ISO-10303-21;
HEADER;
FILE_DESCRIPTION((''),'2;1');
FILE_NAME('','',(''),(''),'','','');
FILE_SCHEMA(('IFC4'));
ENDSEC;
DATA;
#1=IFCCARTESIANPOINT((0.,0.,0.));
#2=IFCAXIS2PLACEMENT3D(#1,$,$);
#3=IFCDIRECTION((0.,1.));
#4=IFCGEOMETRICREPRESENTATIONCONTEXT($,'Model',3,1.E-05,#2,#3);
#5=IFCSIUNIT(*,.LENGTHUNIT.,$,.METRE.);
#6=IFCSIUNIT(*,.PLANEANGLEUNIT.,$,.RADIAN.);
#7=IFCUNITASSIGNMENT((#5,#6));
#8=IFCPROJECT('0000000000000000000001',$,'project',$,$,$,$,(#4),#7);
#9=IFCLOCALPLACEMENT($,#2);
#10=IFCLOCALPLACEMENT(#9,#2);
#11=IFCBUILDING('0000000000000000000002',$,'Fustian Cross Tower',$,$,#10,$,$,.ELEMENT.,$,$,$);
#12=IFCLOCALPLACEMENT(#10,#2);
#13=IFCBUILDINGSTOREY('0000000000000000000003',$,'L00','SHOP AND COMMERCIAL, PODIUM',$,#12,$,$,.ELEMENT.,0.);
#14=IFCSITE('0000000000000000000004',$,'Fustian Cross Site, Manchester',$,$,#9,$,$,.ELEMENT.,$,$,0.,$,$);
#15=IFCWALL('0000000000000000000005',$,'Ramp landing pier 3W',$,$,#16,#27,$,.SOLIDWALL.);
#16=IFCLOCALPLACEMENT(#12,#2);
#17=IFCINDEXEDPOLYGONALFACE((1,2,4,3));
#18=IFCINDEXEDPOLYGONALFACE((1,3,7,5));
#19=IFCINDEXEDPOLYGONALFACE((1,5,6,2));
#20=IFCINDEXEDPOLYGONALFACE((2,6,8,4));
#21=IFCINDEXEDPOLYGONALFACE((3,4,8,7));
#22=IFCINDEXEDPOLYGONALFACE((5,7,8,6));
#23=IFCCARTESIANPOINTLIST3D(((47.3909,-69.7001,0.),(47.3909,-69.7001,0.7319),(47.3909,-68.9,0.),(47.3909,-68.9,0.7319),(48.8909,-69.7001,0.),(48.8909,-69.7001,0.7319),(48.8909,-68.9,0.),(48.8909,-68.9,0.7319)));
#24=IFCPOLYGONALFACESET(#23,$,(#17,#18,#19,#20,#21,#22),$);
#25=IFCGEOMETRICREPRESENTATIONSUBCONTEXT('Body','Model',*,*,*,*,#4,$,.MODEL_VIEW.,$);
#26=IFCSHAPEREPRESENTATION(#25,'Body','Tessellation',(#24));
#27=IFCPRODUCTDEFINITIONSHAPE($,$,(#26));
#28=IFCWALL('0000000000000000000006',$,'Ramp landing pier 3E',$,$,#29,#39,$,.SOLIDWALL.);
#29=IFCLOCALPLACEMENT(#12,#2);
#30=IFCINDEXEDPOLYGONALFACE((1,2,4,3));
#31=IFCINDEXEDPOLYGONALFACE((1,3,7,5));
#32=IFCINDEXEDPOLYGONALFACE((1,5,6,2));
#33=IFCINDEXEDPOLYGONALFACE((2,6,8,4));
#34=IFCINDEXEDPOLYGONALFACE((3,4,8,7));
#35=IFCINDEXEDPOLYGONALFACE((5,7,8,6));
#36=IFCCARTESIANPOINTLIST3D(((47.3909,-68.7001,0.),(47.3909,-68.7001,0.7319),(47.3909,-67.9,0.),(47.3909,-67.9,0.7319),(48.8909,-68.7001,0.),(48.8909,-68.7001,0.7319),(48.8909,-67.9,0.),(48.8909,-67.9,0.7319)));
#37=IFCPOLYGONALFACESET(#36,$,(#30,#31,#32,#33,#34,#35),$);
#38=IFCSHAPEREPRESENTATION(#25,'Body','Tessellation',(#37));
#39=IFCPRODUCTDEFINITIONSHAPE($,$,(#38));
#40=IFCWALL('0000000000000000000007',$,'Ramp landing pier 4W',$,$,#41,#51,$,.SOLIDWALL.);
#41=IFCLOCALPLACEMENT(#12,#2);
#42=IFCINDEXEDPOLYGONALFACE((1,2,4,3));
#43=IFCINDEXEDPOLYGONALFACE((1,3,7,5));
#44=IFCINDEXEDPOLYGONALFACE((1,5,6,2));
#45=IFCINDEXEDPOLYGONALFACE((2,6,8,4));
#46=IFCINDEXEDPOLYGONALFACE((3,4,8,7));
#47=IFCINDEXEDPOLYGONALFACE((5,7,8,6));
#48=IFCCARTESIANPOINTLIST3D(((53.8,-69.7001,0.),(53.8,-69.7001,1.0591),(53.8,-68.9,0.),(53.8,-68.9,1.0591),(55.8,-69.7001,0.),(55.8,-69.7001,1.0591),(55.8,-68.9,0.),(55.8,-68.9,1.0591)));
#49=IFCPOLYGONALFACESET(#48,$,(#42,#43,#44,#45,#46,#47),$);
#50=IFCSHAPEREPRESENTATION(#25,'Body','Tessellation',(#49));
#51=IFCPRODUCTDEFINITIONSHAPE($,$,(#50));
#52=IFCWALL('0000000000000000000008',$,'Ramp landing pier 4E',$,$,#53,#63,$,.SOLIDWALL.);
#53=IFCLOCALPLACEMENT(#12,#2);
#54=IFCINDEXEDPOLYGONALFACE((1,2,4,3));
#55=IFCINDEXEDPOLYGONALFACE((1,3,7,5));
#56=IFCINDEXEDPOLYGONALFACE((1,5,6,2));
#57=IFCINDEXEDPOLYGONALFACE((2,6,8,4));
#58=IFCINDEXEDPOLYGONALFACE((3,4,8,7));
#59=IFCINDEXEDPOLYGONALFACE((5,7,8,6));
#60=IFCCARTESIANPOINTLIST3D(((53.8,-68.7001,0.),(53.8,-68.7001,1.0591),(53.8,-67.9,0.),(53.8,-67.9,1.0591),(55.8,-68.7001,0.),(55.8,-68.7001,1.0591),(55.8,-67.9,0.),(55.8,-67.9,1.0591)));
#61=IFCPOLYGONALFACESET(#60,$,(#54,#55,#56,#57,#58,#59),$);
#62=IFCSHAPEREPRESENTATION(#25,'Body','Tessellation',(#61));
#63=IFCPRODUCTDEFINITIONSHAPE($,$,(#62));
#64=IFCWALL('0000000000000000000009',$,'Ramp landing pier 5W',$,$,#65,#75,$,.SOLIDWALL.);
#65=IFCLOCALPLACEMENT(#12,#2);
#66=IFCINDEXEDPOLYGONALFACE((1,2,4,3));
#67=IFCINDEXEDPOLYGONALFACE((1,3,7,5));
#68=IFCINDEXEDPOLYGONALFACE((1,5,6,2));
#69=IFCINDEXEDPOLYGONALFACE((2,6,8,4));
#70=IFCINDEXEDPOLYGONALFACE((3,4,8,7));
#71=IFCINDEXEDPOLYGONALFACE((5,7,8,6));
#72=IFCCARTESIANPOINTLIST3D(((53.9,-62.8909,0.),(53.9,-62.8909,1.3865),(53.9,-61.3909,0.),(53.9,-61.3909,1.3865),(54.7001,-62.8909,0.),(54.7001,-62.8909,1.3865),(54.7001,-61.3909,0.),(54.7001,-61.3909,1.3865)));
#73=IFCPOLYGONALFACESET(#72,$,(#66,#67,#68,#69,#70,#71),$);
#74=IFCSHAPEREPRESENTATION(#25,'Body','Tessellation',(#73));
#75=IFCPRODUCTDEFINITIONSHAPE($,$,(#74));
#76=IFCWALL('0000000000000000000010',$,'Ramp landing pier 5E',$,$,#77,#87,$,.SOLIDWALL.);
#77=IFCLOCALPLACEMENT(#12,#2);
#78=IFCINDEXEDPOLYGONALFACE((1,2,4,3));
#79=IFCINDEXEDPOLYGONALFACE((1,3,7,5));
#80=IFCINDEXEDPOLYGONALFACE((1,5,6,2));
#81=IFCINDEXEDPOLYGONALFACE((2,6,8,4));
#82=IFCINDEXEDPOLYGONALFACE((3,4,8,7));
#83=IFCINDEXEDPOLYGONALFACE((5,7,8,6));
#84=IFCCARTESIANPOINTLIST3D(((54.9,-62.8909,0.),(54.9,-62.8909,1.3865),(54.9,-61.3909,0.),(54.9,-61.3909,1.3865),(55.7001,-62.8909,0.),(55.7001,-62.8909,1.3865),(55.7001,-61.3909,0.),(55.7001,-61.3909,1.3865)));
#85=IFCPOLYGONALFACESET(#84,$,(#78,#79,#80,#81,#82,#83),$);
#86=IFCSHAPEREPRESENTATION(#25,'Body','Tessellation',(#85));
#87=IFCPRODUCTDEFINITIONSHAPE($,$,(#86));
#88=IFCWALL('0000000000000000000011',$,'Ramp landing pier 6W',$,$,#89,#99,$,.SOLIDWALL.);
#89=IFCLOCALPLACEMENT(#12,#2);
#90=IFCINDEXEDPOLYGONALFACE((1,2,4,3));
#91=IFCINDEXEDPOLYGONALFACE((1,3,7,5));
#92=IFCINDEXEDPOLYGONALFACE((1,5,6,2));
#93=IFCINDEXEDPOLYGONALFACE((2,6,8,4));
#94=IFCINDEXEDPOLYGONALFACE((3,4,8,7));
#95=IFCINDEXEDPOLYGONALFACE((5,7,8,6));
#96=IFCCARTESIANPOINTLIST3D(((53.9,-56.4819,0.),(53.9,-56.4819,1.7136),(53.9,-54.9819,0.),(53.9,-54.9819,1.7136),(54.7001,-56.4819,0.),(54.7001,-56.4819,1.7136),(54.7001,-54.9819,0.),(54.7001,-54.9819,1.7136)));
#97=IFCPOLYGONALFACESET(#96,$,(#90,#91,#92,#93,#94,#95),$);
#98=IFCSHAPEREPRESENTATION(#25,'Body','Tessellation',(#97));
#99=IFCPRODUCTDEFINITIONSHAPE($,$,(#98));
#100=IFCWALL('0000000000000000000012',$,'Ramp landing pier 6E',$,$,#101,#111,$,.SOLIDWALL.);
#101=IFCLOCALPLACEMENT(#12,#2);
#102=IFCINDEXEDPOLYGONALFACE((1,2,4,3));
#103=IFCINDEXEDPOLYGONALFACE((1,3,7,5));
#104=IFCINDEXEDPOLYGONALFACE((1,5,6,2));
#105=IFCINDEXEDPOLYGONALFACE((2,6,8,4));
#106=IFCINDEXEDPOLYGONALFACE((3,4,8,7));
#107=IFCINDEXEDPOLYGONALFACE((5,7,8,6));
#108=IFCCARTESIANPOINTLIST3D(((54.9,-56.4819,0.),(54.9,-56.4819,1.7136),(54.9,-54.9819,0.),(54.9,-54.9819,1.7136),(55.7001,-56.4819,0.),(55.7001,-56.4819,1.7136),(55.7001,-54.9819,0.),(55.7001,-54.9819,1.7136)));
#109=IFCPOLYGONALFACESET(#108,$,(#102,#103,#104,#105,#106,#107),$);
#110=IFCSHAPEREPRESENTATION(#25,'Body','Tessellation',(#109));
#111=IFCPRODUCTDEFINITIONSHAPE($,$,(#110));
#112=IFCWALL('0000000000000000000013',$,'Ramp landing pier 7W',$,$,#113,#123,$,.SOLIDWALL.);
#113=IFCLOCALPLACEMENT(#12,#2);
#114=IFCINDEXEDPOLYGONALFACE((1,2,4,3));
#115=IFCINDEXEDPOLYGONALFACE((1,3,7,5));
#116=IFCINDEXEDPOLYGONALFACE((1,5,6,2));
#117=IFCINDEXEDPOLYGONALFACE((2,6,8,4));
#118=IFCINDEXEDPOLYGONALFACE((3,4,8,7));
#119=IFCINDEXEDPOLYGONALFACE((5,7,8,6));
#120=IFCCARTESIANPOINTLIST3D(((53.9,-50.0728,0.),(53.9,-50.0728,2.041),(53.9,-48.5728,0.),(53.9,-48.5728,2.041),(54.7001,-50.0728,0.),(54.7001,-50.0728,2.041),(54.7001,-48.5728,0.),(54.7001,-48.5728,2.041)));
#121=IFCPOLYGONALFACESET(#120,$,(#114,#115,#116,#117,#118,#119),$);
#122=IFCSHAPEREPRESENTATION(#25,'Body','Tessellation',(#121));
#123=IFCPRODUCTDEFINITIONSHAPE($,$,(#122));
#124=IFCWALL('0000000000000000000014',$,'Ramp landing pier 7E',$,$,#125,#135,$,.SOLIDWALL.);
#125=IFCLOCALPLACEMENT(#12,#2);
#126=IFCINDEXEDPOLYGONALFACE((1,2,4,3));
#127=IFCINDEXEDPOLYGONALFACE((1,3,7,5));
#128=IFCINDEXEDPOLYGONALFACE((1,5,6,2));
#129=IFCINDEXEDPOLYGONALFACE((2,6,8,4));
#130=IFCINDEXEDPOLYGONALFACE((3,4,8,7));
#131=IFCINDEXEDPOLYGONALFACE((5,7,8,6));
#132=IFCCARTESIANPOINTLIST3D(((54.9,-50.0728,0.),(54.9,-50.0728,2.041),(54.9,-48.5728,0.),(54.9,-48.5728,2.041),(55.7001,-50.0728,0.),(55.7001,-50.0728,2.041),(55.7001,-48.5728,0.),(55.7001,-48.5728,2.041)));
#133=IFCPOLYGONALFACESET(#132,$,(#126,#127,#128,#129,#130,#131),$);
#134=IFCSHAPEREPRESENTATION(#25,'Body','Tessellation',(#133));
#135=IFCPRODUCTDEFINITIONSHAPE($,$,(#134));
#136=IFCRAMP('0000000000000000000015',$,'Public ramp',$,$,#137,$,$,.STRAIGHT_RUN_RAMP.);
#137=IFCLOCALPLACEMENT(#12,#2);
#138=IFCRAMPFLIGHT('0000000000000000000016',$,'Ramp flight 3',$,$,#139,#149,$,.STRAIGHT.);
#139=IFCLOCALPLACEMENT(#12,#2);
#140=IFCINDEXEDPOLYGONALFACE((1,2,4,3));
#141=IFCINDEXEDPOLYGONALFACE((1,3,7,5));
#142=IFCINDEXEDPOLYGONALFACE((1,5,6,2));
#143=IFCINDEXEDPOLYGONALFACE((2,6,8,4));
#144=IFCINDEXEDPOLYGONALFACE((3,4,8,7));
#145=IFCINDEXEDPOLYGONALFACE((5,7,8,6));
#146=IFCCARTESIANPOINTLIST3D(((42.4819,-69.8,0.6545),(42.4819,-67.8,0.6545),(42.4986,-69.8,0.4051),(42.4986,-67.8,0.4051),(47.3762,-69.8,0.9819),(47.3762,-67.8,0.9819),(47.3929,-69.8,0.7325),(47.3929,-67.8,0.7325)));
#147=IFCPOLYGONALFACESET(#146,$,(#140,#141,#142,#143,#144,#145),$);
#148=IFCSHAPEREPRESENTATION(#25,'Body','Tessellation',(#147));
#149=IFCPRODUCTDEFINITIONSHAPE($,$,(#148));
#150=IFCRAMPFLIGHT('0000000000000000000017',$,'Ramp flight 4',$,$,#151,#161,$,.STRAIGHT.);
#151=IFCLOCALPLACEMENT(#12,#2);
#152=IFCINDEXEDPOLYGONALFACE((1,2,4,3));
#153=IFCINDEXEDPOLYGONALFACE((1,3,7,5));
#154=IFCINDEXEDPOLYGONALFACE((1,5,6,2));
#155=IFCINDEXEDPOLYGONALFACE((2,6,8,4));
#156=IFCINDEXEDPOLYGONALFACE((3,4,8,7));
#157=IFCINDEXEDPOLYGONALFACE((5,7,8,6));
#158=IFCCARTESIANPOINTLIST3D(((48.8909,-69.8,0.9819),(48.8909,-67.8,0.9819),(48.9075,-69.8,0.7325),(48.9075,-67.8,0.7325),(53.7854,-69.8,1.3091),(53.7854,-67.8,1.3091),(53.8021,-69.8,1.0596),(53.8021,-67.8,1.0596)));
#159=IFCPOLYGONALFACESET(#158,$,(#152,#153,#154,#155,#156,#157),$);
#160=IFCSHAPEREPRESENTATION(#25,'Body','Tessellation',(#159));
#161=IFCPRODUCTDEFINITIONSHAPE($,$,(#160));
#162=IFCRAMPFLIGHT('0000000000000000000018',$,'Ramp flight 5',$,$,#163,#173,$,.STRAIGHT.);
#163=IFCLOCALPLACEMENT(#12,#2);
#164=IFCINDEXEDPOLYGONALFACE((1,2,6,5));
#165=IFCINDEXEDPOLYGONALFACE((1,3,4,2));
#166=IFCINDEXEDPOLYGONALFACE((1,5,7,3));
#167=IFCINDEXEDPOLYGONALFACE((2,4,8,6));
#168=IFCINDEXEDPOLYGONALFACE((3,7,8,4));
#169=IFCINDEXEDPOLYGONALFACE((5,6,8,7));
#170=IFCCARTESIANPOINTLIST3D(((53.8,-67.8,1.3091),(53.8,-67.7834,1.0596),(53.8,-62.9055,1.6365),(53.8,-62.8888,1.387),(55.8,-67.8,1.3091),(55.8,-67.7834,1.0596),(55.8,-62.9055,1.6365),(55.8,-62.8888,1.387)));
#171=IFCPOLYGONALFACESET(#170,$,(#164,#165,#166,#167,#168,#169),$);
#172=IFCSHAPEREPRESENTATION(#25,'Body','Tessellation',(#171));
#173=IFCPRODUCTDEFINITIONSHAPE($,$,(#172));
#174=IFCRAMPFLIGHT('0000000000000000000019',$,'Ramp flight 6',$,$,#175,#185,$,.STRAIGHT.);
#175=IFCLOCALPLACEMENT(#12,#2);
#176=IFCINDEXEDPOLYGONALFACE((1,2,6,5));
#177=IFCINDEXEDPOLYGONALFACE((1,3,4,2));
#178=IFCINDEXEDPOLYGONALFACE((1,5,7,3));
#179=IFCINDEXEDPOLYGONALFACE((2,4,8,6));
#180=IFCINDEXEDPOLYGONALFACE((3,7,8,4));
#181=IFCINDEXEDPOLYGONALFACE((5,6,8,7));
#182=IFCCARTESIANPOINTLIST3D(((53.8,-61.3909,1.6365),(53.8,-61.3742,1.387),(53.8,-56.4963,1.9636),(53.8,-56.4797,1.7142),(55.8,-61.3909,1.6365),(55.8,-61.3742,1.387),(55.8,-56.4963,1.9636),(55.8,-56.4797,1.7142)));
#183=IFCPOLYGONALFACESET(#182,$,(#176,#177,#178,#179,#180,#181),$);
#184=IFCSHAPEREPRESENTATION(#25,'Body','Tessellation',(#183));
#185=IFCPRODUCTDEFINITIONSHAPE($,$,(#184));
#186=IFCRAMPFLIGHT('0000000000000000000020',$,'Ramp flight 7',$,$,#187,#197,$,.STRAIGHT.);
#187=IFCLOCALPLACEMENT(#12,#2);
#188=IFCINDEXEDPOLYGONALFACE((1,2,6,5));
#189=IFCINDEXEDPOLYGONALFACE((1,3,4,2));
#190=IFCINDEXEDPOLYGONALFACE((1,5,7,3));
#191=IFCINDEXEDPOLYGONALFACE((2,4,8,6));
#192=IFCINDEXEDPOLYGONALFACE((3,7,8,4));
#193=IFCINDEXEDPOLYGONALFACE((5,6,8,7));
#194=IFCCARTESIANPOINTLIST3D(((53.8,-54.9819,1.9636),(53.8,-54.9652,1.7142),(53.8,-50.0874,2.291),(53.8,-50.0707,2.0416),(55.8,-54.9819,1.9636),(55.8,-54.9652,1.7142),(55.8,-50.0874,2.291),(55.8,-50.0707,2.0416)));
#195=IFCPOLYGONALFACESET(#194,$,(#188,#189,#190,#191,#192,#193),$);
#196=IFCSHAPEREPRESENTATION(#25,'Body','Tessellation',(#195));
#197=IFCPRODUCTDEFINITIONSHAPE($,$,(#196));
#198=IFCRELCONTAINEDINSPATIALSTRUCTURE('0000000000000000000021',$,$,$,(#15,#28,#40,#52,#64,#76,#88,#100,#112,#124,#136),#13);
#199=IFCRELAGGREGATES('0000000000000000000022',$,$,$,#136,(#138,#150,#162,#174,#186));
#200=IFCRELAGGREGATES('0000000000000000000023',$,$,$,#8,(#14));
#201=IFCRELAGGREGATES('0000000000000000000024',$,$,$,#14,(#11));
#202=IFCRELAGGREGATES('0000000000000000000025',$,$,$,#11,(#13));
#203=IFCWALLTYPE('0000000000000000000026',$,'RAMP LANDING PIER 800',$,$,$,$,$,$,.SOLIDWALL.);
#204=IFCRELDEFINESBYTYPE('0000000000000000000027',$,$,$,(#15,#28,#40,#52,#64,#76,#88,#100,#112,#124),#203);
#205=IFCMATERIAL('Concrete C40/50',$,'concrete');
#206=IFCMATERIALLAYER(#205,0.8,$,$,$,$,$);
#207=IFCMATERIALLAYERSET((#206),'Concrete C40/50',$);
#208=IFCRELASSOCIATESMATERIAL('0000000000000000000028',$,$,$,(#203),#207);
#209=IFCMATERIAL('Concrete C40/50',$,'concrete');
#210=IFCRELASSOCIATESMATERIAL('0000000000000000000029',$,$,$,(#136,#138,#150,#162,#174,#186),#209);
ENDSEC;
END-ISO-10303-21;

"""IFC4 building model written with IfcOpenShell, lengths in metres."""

from ifc_helpers import new_model, si_unit, direction, frame, frame_2d, origin, place, context, subcontext, project, spatial, polyline, rectangle, outline, extrude, material, layer, layer_set, type_object, element, aggregate, save


model = new_model("IFC4")

# Units and contexts
model_context = context("Model", 3, precision=1e-05, world=origin(), true_north=direction((0.0, 1.0)))
body_context = subcontext(model_context, "Body", "Model", "MODEL_VIEW")
ifc_project = project(units=[si_unit("LENGTHUNIT", "METRE"), si_unit("PLANEANGLEUNIT", "RADIAN")], contexts=[model_context])

# Site, building, storey
site_placement = place(None, origin())
site = spatial("IfcSite", under=ifc_project, at=site_placement, Name="Fustian Cross Site, Manchester", CompositionType="ELEMENT", RefElevation=0.0)
building_placement = place(site_placement, origin())
building = spatial("IfcBuilding", under=site, at=building_placement, Name="Fustian Cross Tower", CompositionType="ELEMENT")
storey_placement = place(building_placement, origin())
storey = spatial("IfcBuildingStorey", under=building, at=storey_placement, Name="L00", Description="SHOP AND COMMERCIAL, PODIUM", CompositionType="ELEMENT", Elevation=0.0)

# Walls
ifc_material_1 = material(Name="Concrete C40/50", Category="concrete")
ifc_layer_1 = layer(ifc_material_1, 0.8)
ifc_layer_set_1 = layer_set([ifc_layer_1], Name="Concrete C40/50")
wall_type_1 = type_object("IfcWallType", Name="RAMP LANDING PIER 800", PredefinedType="SOLIDWALL", material=ifc_layer_set_1)
for number, where, z_axis, x_axis, name in (
    (1, (47.3909, -69.3, 0.0), (0.0, 0.0, 1.0), (1.0, 0.0, 0.0), "Ramp landing pier 3W"),
    (2, (47.3909, -68.3, 0.0), (0.0, 0.0, 1.0), (1.0, 0.0, 0.0), "Ramp landing pier 3E"),
):
    element("IfcWall", number, at=place(storey_placement, frame(where, z_axis=z_axis, x_axis=x_axis)), inside=storey, type_object=wall_type_1, Name=name, PredefinedType="SOLIDWALL", context=body_context, shape_type="SweptSolid", body=[
        extrude(rectangle(XDim=1.5, YDim=0.8, at=frame_2d((0.75, 0.0))), origin(), (0.0, 0.0, 1.0), 0.7319),
    ])
for number, where, z_axis, x_axis, name in (
    (3, (53.8, -69.3, 0.0), (0.0, 0.0, 1.0), (1.0, 0.0, 0.0), "Ramp landing pier 4W"),
    (4, (53.8, -68.3, 0.0), (0.0, 0.0, 1.0), (1.0, 0.0, 0.0), "Ramp landing pier 4E"),
):
    element("IfcWall", number, at=place(storey_placement, frame(where, z_axis=z_axis, x_axis=x_axis)), inside=storey, type_object=wall_type_1, Name=name, PredefinedType="SOLIDWALL", context=body_context, shape_type="SweptSolid", body=[
        extrude(rectangle(XDim=2.0, YDim=0.8, at=frame_2d((1.0, 0.0))), origin(), (0.0, 0.0, 1.0), 1.0591),
    ])
for number, where, z_axis, x_axis, name in (
    (5, (54.3, -62.8909, 0.0), (0.0, 0.0, 1.0), (0.0, 1.0, 0.0), "Ramp landing pier 5W"),
    (6, (55.3, -62.8909, 0.0), (0.0, 0.0, 1.0), (0.0, 1.0, 0.0), "Ramp landing pier 5E"),
):
    element("IfcWall", number, at=place(storey_placement, frame(where, z_axis=z_axis, x_axis=x_axis)), inside=storey, type_object=wall_type_1, Name=name, PredefinedType="SOLIDWALL", context=body_context, shape_type="SweptSolid", body=[
        extrude(rectangle(XDim=1.5, YDim=0.8, at=frame_2d((0.75, 0.0))), origin(), (0.0, 0.0, 1.0), 1.3865),
    ])
for number, where, z_axis, x_axis, name in (
    (7, (54.3, -56.4819, 0.0), (0.0, 0.0, 1.0), (0.0, 1.0, 0.0), "Ramp landing pier 6W"),
    (8, (55.3, -56.4819, 0.0), (0.0, 0.0, 1.0), (0.0, 1.0, 0.0), "Ramp landing pier 6E"),
):
    element("IfcWall", number, at=place(storey_placement, frame(where, z_axis=z_axis, x_axis=x_axis)), inside=storey, type_object=wall_type_1, Name=name, PredefinedType="SOLIDWALL", context=body_context, shape_type="SweptSolid", body=[
        extrude(rectangle(XDim=1.5, YDim=0.8, at=frame_2d((0.75, 0.0))), origin(), (0.0, 0.0, 1.0), 1.7136),
    ])
for number, where, z_axis, x_axis, name in (
    (9, (54.3, -50.0728, 0.0), (0.0, 0.0, 1.0), (0.0, 1.0, 0.0), "Ramp landing pier 7W"),
    (10, (55.3, -50.0728, 0.0), (0.0, 0.0, 1.0), (0.0, 1.0, 0.0), "Ramp landing pier 7E"),
):
    element("IfcWall", number, at=place(storey_placement, frame(where, z_axis=z_axis, x_axis=x_axis)), inside=storey, type_object=wall_type_1, Name=name, PredefinedType="SOLIDWALL", context=body_context, shape_type="SweptSolid", body=[
        extrude(rectangle(XDim=1.5, YDim=0.8, at=frame_2d((0.75, 0.0))), origin(), (0.0, 0.0, 1.0), 2.041),
    ])

# Ramp, ramp flights
ifc_material_2 = material(Name="Concrete C40/50", Category="concrete")
ramp_placement = place(storey_placement, origin())
ramp = element("IfcRamp", 11, at=ramp_placement, inside=storey, material=ifc_material_2, Name="Public ramp", PredefinedType="STRAIGHT_RUN_RAMP")
ramp_flight_1_placement = place(storey_placement, frame((42.4819, -69.8, 0.6545), z_axis=(-0.066744, 0.0, 0.99777), x_axis=(0.99777, 0.0, 0.066744)))
ramp_flight_1 = element("IfcRampFlight", 12, at=ramp_flight_1_placement, material=ifc_material_2, Name="Ramp flight 3", PredefinedType="STRAIGHT", context=body_context, shape_type="SweptSolid", body=[
    extrude(outline(polyline([(0.0, 0.0), (4.9052, 0.0), (4.9052, 2.0), (0.0, 2.0), (0.0, 0.0)])), origin(), (0.0, 0.0, -1.0), 0.25),
])
ramp_flight_2_placement = place(storey_placement, frame((48.8909, -69.8, 0.9819), z_axis=(-0.066691, 0.0, 0.997774), x_axis=(0.997774, 0.0, 0.066691)))
ramp_flight_2 = element("IfcRampFlight", 13, at=ramp_flight_2_placement, material=ifc_material_2, Name="Ramp flight 4", PredefinedType="STRAIGHT", context=body_context, shape_type="SweptSolid", body=[
    extrude(outline(polyline([(0.0, 0.0), (4.9055, 0.0), (4.9055, 2.0), (0.0, 2.0), (0.0, 0.0)])), origin(), (0.0, 0.0, -1.0), 0.25),
])
ramp_flight_3_placement = place(storey_placement, frame((53.8, -67.8, 1.3091), z_axis=(0.0, -0.06674, 0.99777), x_axis=(1.0, 0.0, 0.0)))
ramp_flight_3 = element("IfcRampFlight", 14, at=ramp_flight_3_placement, material=ifc_material_2, Name="Ramp flight 5", PredefinedType="STRAIGHT", context=body_context, shape_type="SweptSolid", body=[
    extrude(outline(polyline([(0.0, 0.0), (2.0, 0.0), (2.0, 4.9055), (0.0, 4.9055), (0.0, 0.0)])), origin(), (0.0, 0.0, -1.0), 0.25),
])
ramp_flight_4_placement = place(storey_placement, frame((53.8, -61.3909, 1.6365), z_axis=(0.0, -0.066691, 0.997774), x_axis=(1.0, 0.0, 0.0)))
ramp_flight_4 = element("IfcRampFlight", 15, at=ramp_flight_4_placement, material=ifc_material_2, Name="Ramp flight 6", PredefinedType="STRAIGHT", context=body_context, shape_type="SweptSolid", body=[
    extrude(outline(polyline([(0.0, 0.0), (2.0, 0.0), (2.0, 4.9055), (0.0, 4.9055), (0.0, 0.0)])), origin(), (0.0, 0.0, -1.0), 0.25),
])
ramp_flight_5_placement = place(storey_placement, frame((53.8, -54.9819, 1.9636), z_axis=(0.0, -0.06674, 0.99777), x_axis=(1.0, 0.0, 0.0)))
ramp_flight_5 = element("IfcRampFlight", 16, at=ramp_flight_5_placement, material=ifc_material_2, Name="Ramp flight 7", PredefinedType="STRAIGHT", context=body_context, shape_type="SweptSolid", body=[
    extrude(outline(polyline([(0.0, 0.0), (2.0, 0.0), (2.0, 4.9055), (0.0, 4.9055), (0.0, 0.0)])), origin(), (0.0, 0.0, -1.0), 0.25),
])
aggregate(ramp, [ramp_flight_1, ramp_flight_2, ramp_flight_3, ramp_flight_4, ramp_flight_5])

save(model, "model.ifc")
